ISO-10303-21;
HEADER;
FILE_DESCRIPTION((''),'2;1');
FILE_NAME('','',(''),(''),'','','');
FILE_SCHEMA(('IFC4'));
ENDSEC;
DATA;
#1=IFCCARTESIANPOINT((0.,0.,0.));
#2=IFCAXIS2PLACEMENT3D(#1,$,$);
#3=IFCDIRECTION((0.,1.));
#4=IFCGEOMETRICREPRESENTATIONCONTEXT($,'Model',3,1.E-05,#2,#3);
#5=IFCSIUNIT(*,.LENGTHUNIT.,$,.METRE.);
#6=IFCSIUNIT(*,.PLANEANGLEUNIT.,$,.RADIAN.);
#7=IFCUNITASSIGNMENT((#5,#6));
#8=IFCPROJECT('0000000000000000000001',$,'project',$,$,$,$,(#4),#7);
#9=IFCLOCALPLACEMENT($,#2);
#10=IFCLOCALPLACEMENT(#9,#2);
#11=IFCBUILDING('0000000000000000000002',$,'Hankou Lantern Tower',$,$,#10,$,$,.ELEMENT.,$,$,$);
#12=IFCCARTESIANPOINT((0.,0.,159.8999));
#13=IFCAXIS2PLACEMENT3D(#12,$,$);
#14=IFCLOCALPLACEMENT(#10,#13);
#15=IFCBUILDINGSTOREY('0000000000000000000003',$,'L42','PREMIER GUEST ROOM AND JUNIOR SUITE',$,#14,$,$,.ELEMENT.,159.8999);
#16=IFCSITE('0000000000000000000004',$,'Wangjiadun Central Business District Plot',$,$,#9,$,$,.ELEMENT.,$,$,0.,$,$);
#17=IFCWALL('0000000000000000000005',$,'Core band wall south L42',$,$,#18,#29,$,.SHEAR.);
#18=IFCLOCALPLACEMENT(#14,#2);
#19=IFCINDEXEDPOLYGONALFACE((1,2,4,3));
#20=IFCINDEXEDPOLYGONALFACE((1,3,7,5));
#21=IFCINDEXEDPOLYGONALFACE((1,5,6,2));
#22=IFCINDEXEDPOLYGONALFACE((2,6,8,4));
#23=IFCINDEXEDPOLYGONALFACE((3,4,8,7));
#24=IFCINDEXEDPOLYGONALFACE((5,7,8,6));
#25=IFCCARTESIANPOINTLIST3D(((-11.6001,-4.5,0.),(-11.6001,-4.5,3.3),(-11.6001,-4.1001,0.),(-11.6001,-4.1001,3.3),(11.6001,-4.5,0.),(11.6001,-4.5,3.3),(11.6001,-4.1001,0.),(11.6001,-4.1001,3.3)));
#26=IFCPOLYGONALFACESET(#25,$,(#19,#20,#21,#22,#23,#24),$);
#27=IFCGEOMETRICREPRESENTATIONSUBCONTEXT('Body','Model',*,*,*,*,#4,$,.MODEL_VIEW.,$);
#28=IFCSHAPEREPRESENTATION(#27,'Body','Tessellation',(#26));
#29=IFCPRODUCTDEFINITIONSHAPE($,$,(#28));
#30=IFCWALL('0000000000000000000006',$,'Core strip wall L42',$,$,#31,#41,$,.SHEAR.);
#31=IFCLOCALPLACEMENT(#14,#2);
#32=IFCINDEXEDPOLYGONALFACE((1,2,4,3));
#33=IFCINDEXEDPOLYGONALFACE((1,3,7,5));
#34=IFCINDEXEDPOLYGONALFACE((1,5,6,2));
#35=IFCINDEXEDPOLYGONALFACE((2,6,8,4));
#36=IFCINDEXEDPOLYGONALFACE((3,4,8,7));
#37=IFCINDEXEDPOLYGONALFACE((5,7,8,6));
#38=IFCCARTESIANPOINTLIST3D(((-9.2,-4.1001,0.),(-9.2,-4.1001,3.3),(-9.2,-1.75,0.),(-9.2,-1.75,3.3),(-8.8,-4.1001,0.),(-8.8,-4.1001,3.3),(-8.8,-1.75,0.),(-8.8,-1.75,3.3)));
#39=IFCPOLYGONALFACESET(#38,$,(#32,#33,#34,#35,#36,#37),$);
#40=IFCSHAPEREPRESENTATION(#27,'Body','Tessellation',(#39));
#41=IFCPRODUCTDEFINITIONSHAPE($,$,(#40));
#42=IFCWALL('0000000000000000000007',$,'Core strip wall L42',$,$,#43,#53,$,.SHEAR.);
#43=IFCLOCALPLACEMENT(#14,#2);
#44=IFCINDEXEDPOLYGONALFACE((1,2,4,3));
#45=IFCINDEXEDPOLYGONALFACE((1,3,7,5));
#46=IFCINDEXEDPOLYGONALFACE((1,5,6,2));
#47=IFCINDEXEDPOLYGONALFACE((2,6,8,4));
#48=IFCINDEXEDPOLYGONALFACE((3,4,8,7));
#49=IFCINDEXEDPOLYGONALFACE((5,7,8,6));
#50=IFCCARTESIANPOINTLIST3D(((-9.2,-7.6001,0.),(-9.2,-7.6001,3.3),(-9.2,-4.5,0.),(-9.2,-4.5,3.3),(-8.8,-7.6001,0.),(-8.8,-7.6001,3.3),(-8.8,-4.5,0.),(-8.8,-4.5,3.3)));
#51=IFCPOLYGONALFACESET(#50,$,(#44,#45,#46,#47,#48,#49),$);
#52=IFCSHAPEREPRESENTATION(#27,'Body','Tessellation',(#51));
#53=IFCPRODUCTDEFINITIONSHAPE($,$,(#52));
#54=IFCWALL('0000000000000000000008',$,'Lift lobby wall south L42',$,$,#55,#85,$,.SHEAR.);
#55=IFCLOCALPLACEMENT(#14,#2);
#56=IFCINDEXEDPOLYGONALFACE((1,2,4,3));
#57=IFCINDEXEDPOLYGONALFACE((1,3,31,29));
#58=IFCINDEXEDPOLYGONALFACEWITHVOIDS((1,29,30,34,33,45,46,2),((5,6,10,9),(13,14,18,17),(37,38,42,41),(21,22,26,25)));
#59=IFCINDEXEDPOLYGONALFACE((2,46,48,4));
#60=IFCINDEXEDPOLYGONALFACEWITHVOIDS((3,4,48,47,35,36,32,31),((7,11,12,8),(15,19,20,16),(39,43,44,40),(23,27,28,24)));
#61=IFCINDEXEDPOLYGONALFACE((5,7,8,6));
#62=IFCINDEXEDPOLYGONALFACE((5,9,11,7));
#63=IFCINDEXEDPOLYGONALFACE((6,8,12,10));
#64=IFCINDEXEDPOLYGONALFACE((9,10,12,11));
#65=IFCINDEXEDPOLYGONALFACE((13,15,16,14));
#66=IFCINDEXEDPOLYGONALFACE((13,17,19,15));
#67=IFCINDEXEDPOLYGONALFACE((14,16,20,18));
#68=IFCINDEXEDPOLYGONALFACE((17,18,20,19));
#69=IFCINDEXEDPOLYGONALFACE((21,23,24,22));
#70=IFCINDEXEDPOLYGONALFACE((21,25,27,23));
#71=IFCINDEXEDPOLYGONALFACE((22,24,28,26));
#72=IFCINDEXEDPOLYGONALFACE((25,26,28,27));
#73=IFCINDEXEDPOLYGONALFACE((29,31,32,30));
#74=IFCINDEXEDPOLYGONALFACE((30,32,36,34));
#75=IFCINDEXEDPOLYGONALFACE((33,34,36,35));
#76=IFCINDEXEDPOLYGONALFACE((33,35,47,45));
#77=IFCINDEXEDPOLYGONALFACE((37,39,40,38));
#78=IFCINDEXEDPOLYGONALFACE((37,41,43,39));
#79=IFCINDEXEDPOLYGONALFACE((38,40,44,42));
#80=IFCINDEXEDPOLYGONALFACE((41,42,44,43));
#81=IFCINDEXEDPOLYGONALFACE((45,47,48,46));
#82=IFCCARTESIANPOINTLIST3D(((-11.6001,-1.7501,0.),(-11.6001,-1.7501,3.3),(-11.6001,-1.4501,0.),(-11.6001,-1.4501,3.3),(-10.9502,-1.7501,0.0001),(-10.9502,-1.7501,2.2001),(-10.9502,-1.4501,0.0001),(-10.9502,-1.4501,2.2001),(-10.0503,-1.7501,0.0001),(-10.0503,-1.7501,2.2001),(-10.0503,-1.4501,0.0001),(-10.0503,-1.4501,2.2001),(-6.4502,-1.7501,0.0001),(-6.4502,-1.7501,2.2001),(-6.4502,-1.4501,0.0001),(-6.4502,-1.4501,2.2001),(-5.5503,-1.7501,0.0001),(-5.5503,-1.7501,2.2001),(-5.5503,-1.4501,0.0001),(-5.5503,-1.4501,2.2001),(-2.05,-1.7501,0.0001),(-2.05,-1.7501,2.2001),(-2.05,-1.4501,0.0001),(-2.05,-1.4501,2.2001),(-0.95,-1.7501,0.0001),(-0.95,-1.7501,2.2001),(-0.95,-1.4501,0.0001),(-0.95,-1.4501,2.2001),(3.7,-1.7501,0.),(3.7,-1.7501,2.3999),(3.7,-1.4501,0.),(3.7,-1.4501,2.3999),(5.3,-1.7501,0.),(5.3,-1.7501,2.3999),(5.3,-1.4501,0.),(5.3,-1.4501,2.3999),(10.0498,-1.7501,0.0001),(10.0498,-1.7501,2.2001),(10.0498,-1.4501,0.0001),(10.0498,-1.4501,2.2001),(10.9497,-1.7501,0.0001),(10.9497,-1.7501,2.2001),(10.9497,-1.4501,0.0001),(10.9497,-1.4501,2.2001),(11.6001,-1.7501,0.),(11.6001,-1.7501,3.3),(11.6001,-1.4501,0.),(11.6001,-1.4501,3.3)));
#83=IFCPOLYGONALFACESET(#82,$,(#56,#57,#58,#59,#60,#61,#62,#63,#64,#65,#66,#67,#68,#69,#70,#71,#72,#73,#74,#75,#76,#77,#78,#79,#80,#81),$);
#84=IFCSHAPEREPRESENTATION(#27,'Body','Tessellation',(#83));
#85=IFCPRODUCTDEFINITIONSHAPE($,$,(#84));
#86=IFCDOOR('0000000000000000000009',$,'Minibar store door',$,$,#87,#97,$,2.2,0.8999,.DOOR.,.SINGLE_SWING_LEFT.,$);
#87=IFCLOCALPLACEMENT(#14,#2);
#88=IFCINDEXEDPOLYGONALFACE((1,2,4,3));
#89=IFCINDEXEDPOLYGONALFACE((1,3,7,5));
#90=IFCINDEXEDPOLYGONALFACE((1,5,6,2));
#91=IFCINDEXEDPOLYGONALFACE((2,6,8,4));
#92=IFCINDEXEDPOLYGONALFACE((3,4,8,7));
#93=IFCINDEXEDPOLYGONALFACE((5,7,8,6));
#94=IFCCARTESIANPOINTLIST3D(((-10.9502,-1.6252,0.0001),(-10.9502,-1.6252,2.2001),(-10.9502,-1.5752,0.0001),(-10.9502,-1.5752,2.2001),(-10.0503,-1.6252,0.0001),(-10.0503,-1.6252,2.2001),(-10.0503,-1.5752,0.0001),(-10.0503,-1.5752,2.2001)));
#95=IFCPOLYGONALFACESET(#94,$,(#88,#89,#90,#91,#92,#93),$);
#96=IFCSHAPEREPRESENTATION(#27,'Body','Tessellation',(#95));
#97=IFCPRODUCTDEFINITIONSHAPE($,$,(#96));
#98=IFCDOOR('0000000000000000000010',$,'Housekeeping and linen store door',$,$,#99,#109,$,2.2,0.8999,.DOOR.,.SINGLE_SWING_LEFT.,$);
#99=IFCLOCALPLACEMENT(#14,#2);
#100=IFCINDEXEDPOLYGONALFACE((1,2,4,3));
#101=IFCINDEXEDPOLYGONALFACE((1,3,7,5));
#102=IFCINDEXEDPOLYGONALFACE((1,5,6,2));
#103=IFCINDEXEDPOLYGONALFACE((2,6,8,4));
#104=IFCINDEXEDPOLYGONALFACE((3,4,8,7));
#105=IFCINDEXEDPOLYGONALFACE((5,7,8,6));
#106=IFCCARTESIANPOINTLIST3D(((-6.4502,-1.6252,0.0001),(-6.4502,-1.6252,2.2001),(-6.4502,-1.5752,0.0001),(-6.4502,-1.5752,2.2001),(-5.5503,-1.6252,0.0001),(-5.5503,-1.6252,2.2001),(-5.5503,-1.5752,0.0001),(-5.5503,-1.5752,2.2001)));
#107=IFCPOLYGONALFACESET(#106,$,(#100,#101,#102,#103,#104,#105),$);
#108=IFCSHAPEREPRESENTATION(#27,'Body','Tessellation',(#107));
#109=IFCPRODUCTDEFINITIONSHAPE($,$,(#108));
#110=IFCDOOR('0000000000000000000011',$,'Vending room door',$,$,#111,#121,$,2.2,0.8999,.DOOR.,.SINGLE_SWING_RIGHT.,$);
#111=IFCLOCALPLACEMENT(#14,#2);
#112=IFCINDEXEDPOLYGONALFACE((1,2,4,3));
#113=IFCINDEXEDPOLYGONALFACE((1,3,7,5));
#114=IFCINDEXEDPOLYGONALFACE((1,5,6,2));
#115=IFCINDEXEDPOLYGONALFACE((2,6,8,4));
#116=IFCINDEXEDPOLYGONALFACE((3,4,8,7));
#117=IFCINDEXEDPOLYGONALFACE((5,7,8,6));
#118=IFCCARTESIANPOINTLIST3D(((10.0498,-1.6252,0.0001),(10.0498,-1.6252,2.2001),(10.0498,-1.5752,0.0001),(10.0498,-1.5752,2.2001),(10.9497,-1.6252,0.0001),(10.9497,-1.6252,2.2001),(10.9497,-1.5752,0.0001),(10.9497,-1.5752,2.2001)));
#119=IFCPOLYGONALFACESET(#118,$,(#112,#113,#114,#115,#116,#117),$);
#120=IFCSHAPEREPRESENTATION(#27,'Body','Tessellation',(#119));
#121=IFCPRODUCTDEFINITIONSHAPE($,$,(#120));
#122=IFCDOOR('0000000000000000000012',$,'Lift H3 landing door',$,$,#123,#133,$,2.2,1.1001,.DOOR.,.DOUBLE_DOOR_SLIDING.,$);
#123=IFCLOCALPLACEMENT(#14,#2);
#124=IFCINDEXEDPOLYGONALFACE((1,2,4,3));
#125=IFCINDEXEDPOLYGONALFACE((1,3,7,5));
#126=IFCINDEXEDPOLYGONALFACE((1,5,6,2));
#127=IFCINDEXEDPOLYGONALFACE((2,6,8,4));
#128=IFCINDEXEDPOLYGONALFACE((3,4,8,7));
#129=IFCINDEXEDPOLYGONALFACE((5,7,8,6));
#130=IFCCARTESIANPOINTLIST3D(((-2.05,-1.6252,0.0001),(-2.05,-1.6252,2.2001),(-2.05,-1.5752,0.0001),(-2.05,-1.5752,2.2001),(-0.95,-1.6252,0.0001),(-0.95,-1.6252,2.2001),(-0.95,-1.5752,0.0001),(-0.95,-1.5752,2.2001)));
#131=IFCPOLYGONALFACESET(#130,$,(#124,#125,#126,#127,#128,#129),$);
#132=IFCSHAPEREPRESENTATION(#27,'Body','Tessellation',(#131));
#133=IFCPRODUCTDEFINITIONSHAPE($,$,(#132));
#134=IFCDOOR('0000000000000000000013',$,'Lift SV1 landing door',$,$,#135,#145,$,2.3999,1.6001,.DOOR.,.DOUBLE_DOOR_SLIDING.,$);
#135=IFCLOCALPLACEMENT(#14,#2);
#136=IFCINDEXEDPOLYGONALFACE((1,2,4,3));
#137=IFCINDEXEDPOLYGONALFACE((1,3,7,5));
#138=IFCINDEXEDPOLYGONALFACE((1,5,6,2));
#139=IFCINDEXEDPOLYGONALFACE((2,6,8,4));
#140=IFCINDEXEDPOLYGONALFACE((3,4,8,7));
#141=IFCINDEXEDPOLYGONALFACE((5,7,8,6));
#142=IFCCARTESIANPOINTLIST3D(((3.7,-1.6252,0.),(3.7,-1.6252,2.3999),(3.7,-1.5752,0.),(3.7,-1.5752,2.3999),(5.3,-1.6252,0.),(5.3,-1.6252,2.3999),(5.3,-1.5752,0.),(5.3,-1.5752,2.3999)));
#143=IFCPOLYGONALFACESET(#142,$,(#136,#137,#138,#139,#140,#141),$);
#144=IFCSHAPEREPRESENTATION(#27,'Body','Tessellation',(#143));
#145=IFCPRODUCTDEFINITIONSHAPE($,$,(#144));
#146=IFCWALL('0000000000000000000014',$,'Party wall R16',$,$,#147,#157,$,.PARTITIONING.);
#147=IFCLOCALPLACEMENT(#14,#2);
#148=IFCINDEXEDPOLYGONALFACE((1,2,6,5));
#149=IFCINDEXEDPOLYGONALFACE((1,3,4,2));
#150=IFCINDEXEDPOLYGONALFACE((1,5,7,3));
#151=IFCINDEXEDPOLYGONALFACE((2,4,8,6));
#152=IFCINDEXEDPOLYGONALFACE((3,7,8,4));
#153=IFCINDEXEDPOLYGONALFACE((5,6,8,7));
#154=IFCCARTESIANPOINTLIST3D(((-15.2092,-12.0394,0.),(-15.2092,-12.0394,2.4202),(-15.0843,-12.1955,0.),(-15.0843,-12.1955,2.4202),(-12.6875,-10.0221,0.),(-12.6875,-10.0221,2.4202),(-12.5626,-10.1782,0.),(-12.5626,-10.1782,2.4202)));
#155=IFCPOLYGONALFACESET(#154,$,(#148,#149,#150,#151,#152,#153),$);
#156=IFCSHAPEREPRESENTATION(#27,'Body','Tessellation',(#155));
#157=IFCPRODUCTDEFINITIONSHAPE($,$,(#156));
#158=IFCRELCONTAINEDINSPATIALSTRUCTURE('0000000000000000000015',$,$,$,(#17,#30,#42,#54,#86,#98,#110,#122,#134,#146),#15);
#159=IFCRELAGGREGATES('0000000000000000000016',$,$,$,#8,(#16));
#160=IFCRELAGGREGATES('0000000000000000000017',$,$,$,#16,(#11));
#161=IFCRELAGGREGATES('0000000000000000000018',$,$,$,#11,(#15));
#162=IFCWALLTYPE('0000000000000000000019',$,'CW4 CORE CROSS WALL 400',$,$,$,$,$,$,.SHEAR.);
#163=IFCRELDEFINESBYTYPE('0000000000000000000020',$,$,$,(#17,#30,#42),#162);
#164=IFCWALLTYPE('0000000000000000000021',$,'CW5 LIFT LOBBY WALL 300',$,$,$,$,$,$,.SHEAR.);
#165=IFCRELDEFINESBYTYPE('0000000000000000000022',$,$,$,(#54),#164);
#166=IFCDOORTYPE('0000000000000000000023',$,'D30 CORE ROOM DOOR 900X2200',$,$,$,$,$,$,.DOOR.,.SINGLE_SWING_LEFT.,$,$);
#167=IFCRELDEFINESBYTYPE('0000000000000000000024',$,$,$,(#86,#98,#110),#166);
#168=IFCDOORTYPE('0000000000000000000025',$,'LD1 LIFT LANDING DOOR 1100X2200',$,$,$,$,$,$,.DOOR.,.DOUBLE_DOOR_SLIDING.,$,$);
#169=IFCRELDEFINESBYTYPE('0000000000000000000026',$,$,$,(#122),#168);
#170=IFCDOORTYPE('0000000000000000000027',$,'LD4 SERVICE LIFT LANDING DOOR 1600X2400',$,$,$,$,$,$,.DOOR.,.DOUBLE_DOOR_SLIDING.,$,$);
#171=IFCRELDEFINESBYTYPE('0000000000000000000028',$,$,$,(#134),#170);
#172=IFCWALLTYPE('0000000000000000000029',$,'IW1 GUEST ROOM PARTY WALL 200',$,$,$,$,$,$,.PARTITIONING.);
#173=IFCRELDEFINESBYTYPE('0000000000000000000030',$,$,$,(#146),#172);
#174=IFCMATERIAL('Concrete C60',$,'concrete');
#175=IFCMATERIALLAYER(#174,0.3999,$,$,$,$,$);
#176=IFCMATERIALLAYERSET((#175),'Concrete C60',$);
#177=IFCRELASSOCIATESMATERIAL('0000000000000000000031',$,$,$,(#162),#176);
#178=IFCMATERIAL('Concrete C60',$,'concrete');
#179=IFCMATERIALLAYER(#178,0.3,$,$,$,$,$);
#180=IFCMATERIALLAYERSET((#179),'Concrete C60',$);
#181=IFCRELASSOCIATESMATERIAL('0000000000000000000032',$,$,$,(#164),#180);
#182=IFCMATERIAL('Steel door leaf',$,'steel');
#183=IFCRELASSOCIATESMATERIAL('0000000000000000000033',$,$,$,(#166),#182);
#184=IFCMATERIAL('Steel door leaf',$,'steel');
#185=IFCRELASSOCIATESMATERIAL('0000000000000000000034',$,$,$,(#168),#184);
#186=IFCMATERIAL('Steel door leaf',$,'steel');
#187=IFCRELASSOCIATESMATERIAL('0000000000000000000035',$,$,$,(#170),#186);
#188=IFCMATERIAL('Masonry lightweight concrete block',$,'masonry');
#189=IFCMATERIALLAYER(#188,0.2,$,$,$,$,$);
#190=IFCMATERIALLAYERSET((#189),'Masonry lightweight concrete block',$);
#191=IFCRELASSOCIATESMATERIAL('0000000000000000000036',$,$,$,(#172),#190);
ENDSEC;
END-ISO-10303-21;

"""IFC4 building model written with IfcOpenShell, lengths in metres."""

from ifc_helpers import new_model, si_unit, direction, frame, frame_2d, origin, place, context, subcontext, project, spatial, rectangle, extrude, material, layer, layer_set, type_object, element, fill, save


model = new_model("IFC4")

# Units and contexts
model_context = context("Model", 3, precision=1e-05, world=origin(), true_north=direction((0.0, 1.0)))
body_context = subcontext(model_context, "Body", "Model", "MODEL_VIEW")
ifc_project = project(units=[si_unit("LENGTHUNIT", "METRE"), si_unit("PLANEANGLEUNIT", "RADIAN")], contexts=[model_context])

# Site, building, storey
site_placement = place(None, origin())
site = spatial("IfcSite", under=ifc_project, at=site_placement, Name="Wangjiadun Central Business District Plot", CompositionType="ELEMENT", RefElevation=0.0)
building_placement = place(site_placement, origin())
building = spatial("IfcBuilding", under=site, at=building_placement, Name="Hankou Lantern Tower", CompositionType="ELEMENT")
storey_placement = place(building_placement, frame((0.0, 0.0, 159.8999)))
storey = spatial("IfcBuildingStorey", under=building, at=storey_placement, Name="L42", Description="PREMIER GUEST ROOM AND JUNIOR SUITE", CompositionType="ELEMENT", Elevation=159.8999)

# Walls
ifc_material_1 = material(Name="Concrete C60", Category="concrete")
ifc_layer_1 = layer(ifc_material_1, 0.3999)
ifc_layer_set_1 = layer_set([ifc_layer_1], Name="Concrete C60")
wall_type_1 = type_object("IfcWallType", Name="CW4 CORE CROSS WALL 400", PredefinedType="SHEAR", material=ifc_layer_set_1)
wall_1_placement = place(storey_placement, frame((-11.6001, -4.3, 0.0), z_axis=(0.0, 0.0, 1.0), x_axis=(1.0, 0.0, 0.0)))
element("IfcWall", 1, at=wall_1_placement, inside=storey, type_object=wall_type_1, Name="Core band wall south L42", PredefinedType="SHEAR", context=body_context, shape_type="SweptSolid", body=[
    extrude(rectangle(XDim=23.2002, YDim=0.3999, at=frame_2d((11.6001, 0.0))), origin(), (0.0, 0.0, 1.0), 3.3),
])
wall_2_placement = place(storey_placement, frame((-9.0, -4.1001, 0.0), z_axis=(0.0, 0.0, 1.0), x_axis=(0.0, 1.0, 0.0)))
element("IfcWall", 2, at=wall_2_placement, inside=storey, type_object=wall_type_1, Name="Core strip wall L42", PredefinedType="SHEAR", context=body_context, shape_type="SweptSolid", body=[
    extrude(rectangle(XDim=2.3501, YDim=0.3999, at=frame_2d((1.175, 0.0))), origin(), (0.0, 0.0, 1.0), 3.3),
])
wall_3_placement = place(storey_placement, frame((-9.0, -7.6001, 0.0), z_axis=(0.0, 0.0, 1.0), x_axis=(0.0, 1.0, 0.0)))
element("IfcWall", 3, at=wall_3_placement, inside=storey, type_object=wall_type_1, Name="Core strip wall L42", PredefinedType="SHEAR", context=body_context, shape_type="SweptSolid", body=[
    extrude(rectangle(XDim=3.1001, YDim=0.3999, at=frame_2d((1.55, 0.0))), origin(), (0.0, 0.0, 1.0), 3.3),
])

# Wall, openings, doors
ifc_material_2 = material(Name="Concrete C60", Category="concrete")
ifc_layer_2 = layer(ifc_material_2, 0.3)
ifc_layer_set_2 = layer_set([ifc_layer_2], Name="Concrete C60")
wall_type_2 = type_object("IfcWallType", Name="CW5 LIFT LOBBY WALL 300", PredefinedType="SHEAR", material=ifc_layer_set_2)
wall_4_placement = place(storey_placement, frame((-11.6001, -1.6001, 0.0), z_axis=(0.0, 0.0, 1.0), x_axis=(1.0, 0.0, 0.0)))
wall_4 = element("IfcWall", 4, at=wall_4_placement, inside=storey, type_object=wall_type_2, Name="Lift lobby wall south L42", PredefinedType="SHEAR", context=body_context, shape_type="SweptSolid", body=[
    extrude(rectangle(XDim=23.2002, YDim=0.3, at=frame_2d((11.6001, 0.0))), origin(), (0.0, 0.0, 1.0), 3.3),
])
opening_1_placement = place(wall_4_placement, frame((9.55, 0.0, 0.0)))
opening_1 = element("IfcOpeningElement", 5, at=opening_1_placement, cuts=wall_4, PredefinedType="OPENING", context=body_context, shape_type="SweptSolid", body=[
    extrude(rectangle(XDim=1.1001, YDim=2.2, at=frame_2d((0.55, 1.1001))), frame((0.0, 0.1599, 0.0), z_axis=(0.0, -1.0, 0.0), x_axis=(1.0, 0.0, 0.0)), (0.0, 0.0, 1.0), 0.3201),
])
opening_2_placement = place(wall_4_placement, frame((15.3, 0.0, 0.0)))
opening_2 = element("IfcOpeningElement", 6, at=opening_2_placement, cuts=wall_4, PredefinedType="OPENING", context=body_context, shape_type="SweptSolid", body=[
    extrude(rectangle(XDim=1.6001, YDim=2.3999, at=frame_2d((0.8, 1.2))), frame((0.0, 0.1599, 0.0), z_axis=(0.0, -1.0, 0.0), x_axis=(1.0, 0.0, 0.0)), (0.0, 0.0, 1.0), 0.3201),
])
opening_3_placement = place(wall_4_placement, frame((0.6499, 0.0, 0.0)))
opening_3 = element("IfcOpeningElement", 7, at=opening_3_placement, cuts=wall_4, PredefinedType="OPENING", context=body_context, shape_type="SweptSolid", body=[
    extrude(rectangle(XDim=0.8999, YDim=2.2, at=frame_2d((0.45, 1.1001))), frame((0.0, 0.1599, 0.0), z_axis=(0.0, -1.0, 0.0), x_axis=(1.0, 0.0, 0.0)), (0.0, 0.0, 1.0), 0.3201),
])
opening_4_placement = place(wall_4_placement, frame((5.1499, 0.0, 0.0)))
opening_4 = element("IfcOpeningElement", 8, at=opening_4_placement, cuts=wall_4, PredefinedType="OPENING", context=body_context, shape_type="SweptSolid", body=[
    extrude(rectangle(XDim=0.8999, YDim=2.2, at=frame_2d((0.45, 1.1001))), frame((0.0, 0.1599, 0.0), z_axis=(0.0, -1.0, 0.0), x_axis=(1.0, 0.0, 0.0)), (0.0, 0.0, 1.0), 0.3201),
])
opening_5_placement = place(wall_4_placement, frame((21.6499, 0.0, 0.0)))
opening_5 = element("IfcOpeningElement", 9, at=opening_5_placement, cuts=wall_4, PredefinedType="OPENING", context=body_context, shape_type="SweptSolid", body=[
    extrude(rectangle(XDim=0.8999, YDim=2.2, at=frame_2d((0.45, 1.1001))), frame((0.0, 0.1599, 0.0), z_axis=(0.0, -1.0, 0.0), x_axis=(1.0, 0.0, 0.0)), (0.0, 0.0, 1.0), 0.3201),
])
ifc_material_3 = material(Name="Steel door leaf", Category="steel")
door_type_1 = type_object("IfcDoorType", Name="D30 CORE ROOM DOOR 900X2200", OperationType="SINGLE_SWING_LEFT", PredefinedType="DOOR", material=ifc_material_3)
door_1_placement = place(opening_3_placement, origin())
door_1 = element("IfcDoor", 10, at=door_1_placement, inside=storey, type_object=door_type_1, Name="Minibar store door", OperationType="SINGLE_SWING_LEFT", OverallHeight=2.2, OverallWidth=0.8999, PredefinedType="DOOR", context=body_context, shape_type="SweptSolid", body=[
    extrude(rectangle(XDim=0.8999, YDim=2.2, at=frame_2d((0.45, 1.1001))), frame((0.0, 0.0249, 0.0), z_axis=(0.0, -1.0, 0.0), x_axis=(1.0, 0.0, 0.0)), (0.0, 0.0, 1.0), 0.05),
])
fill(opening_3, door_1)
door_2_placement = place(opening_4_placement, origin())
door_2 = element("IfcDoor", 11, at=door_2_placement, inside=storey, type_object=door_type_1, Name="Housekeeping and linen store door", OperationType="SINGLE_SWING_LEFT", OverallHeight=2.2, OverallWidth=0.8999, PredefinedType="DOOR", context=body_context, shape_type="SweptSolid", body=[
    extrude(rectangle(XDim=0.8999, YDim=2.2, at=frame_2d((0.45, 1.1001))), frame((0.0, 0.0249, 0.0), z_axis=(0.0, -1.0, 0.0), x_axis=(1.0, 0.0, 0.0)), (0.0, 0.0, 1.0), 0.05),
])
fill(opening_4, door_2)
door_3_placement = place(opening_5_placement, origin())
door_3 = element("IfcDoor", 12, at=door_3_placement, inside=storey, type_object=door_type_1, Name="Vending room door", OperationType="SINGLE_SWING_RIGHT", OverallHeight=2.2, OverallWidth=0.8999, PredefinedType="DOOR", context=body_context, shape_type="SweptSolid", body=[
    extrude(rectangle(XDim=0.8999, YDim=2.2, at=frame_2d((0.45, 1.1001))), frame((0.0, 0.0249, 0.0), z_axis=(0.0, -1.0, 0.0), x_axis=(1.0, 0.0, 0.0)), (0.0, 0.0, 1.0), 0.05),
])
fill(opening_5, door_3)
ifc_material_4 = material(Name="Steel door leaf", Category="steel")
door_type_2 = type_object("IfcDoorType", Name="LD1 LIFT LANDING DOOR 1100X2200", OperationType="DOUBLE_DOOR_SLIDING", PredefinedType="DOOR", material=ifc_material_4)
door_4_placement = place(opening_1_placement, origin())
door_4 = element("IfcDoor", 13, at=door_4_placement, inside=storey, type_object=door_type_2, Name="Lift H3 landing door", OperationType="DOUBLE_DOOR_SLIDING", OverallHeight=2.2, OverallWidth=1.1001, PredefinedType="DOOR", context=body_context, shape_type="SweptSolid", body=[
    extrude(rectangle(XDim=1.1001, YDim=2.2, at=frame_2d((0.55, 1.1001))), frame((0.0, 0.0249, 0.0), z_axis=(0.0, -1.0, 0.0), x_axis=(1.0, 0.0, 0.0)), (0.0, 0.0, 1.0), 0.05),
])
fill(opening_1, door_4)
ifc_material_5 = material(Name="Steel door leaf", Category="steel")
door_type_3 = type_object("IfcDoorType", Name="LD4 SERVICE LIFT LANDING DOOR 1600X2400", OperationType="DOUBLE_DOOR_SLIDING", PredefinedType="DOOR", material=ifc_material_5)
door_5_placement = place(opening_2_placement, origin())
door_5 = element("IfcDoor", 14, at=door_5_placement, inside=storey, type_object=door_type_3, Name="Lift SV1 landing door", OperationType="DOUBLE_DOOR_SLIDING", OverallHeight=2.3999, OverallWidth=1.6001, PredefinedType="DOOR", context=body_context, shape_type="SweptSolid", body=[
    extrude(rectangle(XDim=1.6001, YDim=2.3999, at=frame_2d((0.8, 1.2))), frame((0.0, 0.0249, 0.0), z_axis=(0.0, -1.0, 0.0), x_axis=(1.0, 0.0, 0.0)), (0.0, 0.0, 1.0), 0.05),
])
fill(opening_2, door_5)

# Wall
ifc_material_6 = material(Name="Masonry lightweight concrete block", Category="masonry")
ifc_layer_3 = layer(ifc_material_6, 0.2)
ifc_layer_set_3 = layer_set([ifc_layer_3], Name="Masonry lightweight concrete block")
wall_type_3 = type_object("IfcWallType", Name="IW1 GUEST ROOM PARTY WALL 200", PredefinedType="PARTITIONING", material=ifc_layer_set_3)
wall_5_placement = place(storey_placement, frame((-12.625, -10.1001, 0.0), z_axis=(0.0, 0.0, 1.0), x_axis=(-0.780876, -0.624686, 0.0)))
element("IfcWall", 15, at=wall_5_placement, inside=storey, type_object=wall_type_3, Name="Party wall R16", PredefinedType="PARTITIONING", context=body_context, shape_type="SweptSolid", body=[
    extrude(rectangle(XDim=3.2292, YDim=0.2, at=frame_2d((1.6147, 0.0))), origin(), (0.0, 0.0, 1.0), 2.4202),
])

save(model, "model.ifc")
